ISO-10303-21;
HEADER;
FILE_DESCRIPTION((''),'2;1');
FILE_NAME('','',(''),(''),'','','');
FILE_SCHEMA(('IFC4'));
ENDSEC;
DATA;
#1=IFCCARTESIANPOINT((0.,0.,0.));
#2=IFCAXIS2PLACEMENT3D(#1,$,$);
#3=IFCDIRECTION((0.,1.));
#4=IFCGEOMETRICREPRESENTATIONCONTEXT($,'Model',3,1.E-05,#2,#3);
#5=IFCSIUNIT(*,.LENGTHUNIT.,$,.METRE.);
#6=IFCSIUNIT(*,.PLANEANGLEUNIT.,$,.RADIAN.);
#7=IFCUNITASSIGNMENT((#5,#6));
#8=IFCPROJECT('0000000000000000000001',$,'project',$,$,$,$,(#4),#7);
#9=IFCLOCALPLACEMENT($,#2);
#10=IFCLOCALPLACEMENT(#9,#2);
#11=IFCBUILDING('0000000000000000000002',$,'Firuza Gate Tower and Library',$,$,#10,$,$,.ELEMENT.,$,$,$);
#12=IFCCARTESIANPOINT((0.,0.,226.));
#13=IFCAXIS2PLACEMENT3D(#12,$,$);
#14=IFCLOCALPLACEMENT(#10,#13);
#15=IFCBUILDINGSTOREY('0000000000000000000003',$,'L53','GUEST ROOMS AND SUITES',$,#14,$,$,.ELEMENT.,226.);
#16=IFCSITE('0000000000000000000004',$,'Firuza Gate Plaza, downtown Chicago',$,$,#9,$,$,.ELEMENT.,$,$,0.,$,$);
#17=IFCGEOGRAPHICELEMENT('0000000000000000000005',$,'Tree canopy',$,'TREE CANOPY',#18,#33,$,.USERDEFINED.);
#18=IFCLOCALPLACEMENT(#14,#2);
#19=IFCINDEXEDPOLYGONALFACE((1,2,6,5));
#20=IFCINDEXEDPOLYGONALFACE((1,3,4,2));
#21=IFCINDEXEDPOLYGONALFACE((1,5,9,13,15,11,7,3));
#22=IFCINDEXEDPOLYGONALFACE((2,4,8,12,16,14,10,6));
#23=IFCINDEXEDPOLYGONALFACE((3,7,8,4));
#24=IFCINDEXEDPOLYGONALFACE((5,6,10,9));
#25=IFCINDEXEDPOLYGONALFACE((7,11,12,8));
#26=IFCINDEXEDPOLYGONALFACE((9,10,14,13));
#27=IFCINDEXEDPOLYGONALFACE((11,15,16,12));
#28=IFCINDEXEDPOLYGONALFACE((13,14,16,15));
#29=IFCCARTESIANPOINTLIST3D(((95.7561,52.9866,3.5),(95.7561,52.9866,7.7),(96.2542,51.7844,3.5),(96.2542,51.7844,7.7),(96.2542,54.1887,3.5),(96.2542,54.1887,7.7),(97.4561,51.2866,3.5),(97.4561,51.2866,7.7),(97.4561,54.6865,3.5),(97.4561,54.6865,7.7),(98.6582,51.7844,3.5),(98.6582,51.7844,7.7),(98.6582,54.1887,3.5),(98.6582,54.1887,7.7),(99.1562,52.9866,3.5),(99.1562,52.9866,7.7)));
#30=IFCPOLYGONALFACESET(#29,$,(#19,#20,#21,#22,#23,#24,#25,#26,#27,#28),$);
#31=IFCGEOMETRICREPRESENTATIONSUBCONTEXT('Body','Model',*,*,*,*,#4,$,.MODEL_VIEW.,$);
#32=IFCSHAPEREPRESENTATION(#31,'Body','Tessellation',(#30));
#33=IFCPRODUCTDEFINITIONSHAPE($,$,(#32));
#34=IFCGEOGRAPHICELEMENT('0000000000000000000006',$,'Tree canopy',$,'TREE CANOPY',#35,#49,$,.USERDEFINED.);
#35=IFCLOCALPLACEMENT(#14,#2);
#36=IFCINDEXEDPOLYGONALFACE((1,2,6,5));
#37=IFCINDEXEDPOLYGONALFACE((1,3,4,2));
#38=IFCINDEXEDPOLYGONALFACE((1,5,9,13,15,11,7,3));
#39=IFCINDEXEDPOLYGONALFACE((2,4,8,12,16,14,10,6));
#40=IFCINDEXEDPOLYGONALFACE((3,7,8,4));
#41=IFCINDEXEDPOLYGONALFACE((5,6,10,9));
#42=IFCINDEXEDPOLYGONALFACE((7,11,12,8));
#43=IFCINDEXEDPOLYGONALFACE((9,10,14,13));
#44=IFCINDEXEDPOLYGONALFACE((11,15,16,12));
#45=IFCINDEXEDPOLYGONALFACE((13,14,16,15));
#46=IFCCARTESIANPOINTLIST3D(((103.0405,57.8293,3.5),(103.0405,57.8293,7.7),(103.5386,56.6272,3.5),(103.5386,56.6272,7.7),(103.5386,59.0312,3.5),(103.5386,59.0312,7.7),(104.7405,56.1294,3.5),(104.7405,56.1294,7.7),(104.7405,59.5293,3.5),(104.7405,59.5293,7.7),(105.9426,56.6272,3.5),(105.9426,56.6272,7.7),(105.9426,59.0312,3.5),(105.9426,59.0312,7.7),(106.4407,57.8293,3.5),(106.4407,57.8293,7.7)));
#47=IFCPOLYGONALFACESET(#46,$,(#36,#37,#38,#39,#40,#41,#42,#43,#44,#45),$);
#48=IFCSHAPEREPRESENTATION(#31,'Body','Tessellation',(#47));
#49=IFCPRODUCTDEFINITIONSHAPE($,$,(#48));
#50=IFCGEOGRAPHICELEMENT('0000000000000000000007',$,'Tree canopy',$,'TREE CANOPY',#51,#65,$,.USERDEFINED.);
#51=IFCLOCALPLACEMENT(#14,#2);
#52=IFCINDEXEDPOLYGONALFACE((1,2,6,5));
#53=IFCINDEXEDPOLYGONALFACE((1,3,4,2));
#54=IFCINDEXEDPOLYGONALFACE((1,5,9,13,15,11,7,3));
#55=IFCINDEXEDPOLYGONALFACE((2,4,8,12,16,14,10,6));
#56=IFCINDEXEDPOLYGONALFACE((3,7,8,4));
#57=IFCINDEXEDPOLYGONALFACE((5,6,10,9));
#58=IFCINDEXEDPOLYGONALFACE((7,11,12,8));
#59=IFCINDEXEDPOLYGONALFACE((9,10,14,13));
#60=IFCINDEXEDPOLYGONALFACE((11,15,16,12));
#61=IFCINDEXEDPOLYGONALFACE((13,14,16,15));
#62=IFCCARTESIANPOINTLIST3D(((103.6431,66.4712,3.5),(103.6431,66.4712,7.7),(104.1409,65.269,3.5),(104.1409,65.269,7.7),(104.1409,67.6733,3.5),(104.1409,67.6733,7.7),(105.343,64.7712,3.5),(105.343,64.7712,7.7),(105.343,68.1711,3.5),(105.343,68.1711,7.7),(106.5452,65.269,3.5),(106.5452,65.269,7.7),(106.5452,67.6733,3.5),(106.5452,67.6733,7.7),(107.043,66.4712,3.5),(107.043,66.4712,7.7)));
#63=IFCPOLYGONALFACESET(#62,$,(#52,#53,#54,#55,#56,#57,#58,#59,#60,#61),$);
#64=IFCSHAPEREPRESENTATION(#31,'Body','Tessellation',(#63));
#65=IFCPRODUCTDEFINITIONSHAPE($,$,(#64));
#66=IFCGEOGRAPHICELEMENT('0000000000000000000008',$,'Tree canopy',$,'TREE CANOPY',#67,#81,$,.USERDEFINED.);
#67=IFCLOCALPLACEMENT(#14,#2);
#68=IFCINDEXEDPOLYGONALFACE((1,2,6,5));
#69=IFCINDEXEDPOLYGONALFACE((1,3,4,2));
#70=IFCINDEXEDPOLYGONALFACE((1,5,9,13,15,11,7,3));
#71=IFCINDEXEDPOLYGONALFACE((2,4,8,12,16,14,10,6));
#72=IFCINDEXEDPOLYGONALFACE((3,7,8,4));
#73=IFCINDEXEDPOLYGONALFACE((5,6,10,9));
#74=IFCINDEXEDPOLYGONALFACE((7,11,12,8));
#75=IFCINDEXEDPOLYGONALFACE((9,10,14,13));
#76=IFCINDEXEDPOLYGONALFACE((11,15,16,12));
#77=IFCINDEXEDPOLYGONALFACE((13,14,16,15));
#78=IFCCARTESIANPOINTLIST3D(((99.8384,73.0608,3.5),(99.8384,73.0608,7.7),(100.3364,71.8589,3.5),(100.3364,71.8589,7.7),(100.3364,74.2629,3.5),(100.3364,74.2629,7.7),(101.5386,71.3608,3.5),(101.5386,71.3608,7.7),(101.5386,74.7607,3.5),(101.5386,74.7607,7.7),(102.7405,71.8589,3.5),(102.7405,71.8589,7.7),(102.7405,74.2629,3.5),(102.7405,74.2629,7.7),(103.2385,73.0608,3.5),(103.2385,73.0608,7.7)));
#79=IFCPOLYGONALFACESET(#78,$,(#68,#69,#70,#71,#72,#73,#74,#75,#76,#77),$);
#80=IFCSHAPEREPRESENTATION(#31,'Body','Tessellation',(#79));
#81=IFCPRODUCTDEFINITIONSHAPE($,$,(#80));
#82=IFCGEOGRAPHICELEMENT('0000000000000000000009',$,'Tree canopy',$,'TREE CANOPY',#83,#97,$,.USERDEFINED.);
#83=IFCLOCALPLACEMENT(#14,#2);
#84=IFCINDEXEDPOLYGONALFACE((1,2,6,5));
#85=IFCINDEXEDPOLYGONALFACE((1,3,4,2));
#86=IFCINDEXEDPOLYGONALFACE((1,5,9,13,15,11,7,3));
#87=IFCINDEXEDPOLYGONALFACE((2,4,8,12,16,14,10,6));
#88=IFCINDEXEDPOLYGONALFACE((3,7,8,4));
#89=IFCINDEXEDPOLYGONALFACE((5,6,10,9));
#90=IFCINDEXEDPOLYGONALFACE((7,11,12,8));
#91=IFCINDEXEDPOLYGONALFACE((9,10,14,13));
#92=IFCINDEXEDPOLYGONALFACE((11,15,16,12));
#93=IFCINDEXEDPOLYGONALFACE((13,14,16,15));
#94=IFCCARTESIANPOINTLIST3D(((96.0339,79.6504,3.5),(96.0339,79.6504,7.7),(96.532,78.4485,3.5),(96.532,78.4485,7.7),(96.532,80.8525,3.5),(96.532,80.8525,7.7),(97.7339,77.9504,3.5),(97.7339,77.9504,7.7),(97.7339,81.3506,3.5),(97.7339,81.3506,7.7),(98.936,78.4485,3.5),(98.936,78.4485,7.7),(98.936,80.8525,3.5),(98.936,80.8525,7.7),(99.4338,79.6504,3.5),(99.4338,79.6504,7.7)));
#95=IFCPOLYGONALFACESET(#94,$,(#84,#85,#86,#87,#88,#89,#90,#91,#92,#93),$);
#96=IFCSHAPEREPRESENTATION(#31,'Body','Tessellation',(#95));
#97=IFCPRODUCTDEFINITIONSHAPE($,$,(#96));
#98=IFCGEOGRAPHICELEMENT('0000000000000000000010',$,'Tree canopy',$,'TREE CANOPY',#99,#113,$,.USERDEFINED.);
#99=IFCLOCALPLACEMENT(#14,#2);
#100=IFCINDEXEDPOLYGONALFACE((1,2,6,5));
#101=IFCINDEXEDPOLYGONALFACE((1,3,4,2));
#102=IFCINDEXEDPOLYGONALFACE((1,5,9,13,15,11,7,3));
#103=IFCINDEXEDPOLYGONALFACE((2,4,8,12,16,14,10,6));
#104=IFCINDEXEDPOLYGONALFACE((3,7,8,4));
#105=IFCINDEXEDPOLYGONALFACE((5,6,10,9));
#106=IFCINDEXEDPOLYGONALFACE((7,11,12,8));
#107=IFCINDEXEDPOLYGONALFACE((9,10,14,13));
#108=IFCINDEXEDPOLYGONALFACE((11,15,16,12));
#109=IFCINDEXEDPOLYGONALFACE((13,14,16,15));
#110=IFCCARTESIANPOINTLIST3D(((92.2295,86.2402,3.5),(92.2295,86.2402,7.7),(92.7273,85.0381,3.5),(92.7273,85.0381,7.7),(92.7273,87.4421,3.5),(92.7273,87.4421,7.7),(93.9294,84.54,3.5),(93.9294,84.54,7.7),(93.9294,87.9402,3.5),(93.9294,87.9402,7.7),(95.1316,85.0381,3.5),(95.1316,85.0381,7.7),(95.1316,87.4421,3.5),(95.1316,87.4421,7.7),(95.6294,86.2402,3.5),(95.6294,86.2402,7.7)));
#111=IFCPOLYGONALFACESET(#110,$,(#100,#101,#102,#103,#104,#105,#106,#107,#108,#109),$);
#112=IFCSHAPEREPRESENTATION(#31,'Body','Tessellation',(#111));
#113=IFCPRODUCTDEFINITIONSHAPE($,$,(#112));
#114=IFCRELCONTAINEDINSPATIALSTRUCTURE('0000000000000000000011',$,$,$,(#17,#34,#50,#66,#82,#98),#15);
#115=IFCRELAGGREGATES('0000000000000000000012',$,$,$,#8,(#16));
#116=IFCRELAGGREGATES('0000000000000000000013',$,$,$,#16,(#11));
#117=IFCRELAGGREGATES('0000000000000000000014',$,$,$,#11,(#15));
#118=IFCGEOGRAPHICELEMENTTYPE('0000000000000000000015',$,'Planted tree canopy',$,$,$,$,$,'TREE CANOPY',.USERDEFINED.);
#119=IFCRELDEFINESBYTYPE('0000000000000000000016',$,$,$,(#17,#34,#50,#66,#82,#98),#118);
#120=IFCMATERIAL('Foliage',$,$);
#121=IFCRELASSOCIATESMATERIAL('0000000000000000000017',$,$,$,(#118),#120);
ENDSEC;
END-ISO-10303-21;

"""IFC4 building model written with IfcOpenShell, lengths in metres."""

from ifc_helpers import new_model, si_unit, direction, frame, origin, place, context, subcontext, project, spatial, polyline, outline, extrude, material, type_object, element, save


model = new_model("IFC4")

# Units and contexts
model_context = context("Model", 3, precision=1e-05, world=origin(), true_north=direction((0.0, 1.0)))
body_context = subcontext(model_context, "Body", "Model", "MODEL_VIEW")
ifc_project = project(units=[si_unit("LENGTHUNIT", "METRE"), si_unit("PLANEANGLEUNIT", "RADIAN")], contexts=[model_context])

# Site, building, storey
site_placement = place(None, origin())
site = spatial("IfcSite", under=ifc_project, at=site_placement, Name="Firuza Gate Plaza, downtown Chicago", CompositionType="ELEMENT", RefElevation=0.0)
building_placement = place(site_placement, origin())
building = spatial("IfcBuilding", under=site, at=building_placement, Name="Firuza Gate Tower and Library", CompositionType="ELEMENT")
storey_placement = place(building_placement, frame((0.0, 0.0, 226.0)))
storey = spatial("IfcBuildingStorey", under=building, at=storey_placement, Name="L53", Description="GUEST ROOMS AND SUITES", CompositionType="ELEMENT", Elevation=226.0)

# Geographic elements
ifc_material_1 = material(Name="Foliage")
geographic_element_type = type_object("IfcGeographicElementType", Name="Planted tree canopy", ElementType="TREE CANOPY", PredefinedType="USERDEFINED", material=ifc_material_1)
placement_1 = place(storey_placement, frame((0.0, 0.0, 3.5)))
element("IfcGeographicElement", 1, at=placement_1, inside=storey, type_object=geographic_element_type, Name="Tree canopy", ObjectType="TREE CANOPY", PredefinedType="USERDEFINED", context=body_context, shape_type="SweptSolid", body=[
    extrude(outline(polyline([(99.1562, 52.9866), (98.6582, 54.1887), (97.4561, 54.6865), (96.2542, 54.1887), (95.7561, 52.9866), (96.2542, 51.7844), (97.4561, 51.2866), (98.6582, 51.7844), (99.1562, 52.9866)])), origin(), (0.0, 0.0, 1.0), 4.2),
])
element("IfcGeographicElement", 2, at=placement_1, inside=storey, type_object=geographic_element_type, Name="Tree canopy", ObjectType="TREE CANOPY", PredefinedType="USERDEFINED", context=body_context, shape_type="SweptSolid", body=[
    extrude(outline(polyline([(106.4407, 57.8293), (105.9426, 59.0312), (104.7405, 59.5293), (103.5386, 59.0312), (103.0405, 57.8293), (103.5386, 56.6272), (104.7405, 56.1294), (105.9426, 56.6272), (106.4407, 57.8293)])), origin(), (0.0, 0.0, 1.0), 4.2),
])
element("IfcGeographicElement", 3, at=placement_1, inside=storey, type_object=geographic_element_type, Name="Tree canopy", ObjectType="TREE CANOPY", PredefinedType="USERDEFINED", context=body_context, shape_type="SweptSolid", body=[
    extrude(outline(polyline([(107.043, 66.4712), (106.5452, 67.6733), (105.343, 68.1711), (104.1409, 67.6733), (103.6431, 66.4712), (104.1409, 65.269), (105.343, 64.7712), (106.5452, 65.269), (107.043, 66.4712)])), origin(), (0.0, 0.0, 1.0), 4.2),
])
element("IfcGeographicElement", 4, at=placement_1, inside=storey, type_object=geographic_element_type, Name="Tree canopy", ObjectType="TREE CANOPY", PredefinedType="USERDEFINED", context=body_context, shape_type="SweptSolid", body=[
    extrude(outline(polyline([(103.2385, 73.0608), (102.7405, 74.2629), (101.5386, 74.7607), (100.3364, 74.2629), (99.8384, 73.0608), (100.3364, 71.8589), (101.5386, 71.3608), (102.7405, 71.8589), (103.2385, 73.0608)])), origin(), (0.0, 0.0, 1.0), 4.2),
])
element("IfcGeographicElement", 5, at=placement_1, inside=storey, type_object=geographic_element_type, Name="Tree canopy", ObjectType="TREE CANOPY", PredefinedType="USERDEFINED", context=body_context, shape_type="SweptSolid", body=[
    extrude(outline(polyline([(99.4338, 79.6504), (98.936, 80.8525), (97.7339, 81.3506), (96.532, 80.8525), (96.0339, 79.6504), (96.532, 78.4485), (97.7339, 77.9504), (98.936, 78.4485), (99.4338, 79.6504)])), origin(), (0.0, 0.0, 1.0), 4.2),
])
element("IfcGeographicElement", 6, at=placement_1, inside=storey, type_object=geographic_element_type, Name="Tree canopy", ObjectType="TREE CANOPY", PredefinedType="USERDEFINED", context=body_context, shape_type="SweptSolid", body=[
    extrude(outline(polyline([(95.6294, 86.2402), (95.1316, 87.4421), (93.9294, 87.9402), (92.7273, 87.4421), (92.2295, 86.2402), (92.7273, 85.0381), (93.9294, 84.54), (95.1316, 85.0381), (95.6294, 86.2402)])), origin(), (0.0, 0.0, 1.0), 4.2),
])

save(model, "model.ifc")
